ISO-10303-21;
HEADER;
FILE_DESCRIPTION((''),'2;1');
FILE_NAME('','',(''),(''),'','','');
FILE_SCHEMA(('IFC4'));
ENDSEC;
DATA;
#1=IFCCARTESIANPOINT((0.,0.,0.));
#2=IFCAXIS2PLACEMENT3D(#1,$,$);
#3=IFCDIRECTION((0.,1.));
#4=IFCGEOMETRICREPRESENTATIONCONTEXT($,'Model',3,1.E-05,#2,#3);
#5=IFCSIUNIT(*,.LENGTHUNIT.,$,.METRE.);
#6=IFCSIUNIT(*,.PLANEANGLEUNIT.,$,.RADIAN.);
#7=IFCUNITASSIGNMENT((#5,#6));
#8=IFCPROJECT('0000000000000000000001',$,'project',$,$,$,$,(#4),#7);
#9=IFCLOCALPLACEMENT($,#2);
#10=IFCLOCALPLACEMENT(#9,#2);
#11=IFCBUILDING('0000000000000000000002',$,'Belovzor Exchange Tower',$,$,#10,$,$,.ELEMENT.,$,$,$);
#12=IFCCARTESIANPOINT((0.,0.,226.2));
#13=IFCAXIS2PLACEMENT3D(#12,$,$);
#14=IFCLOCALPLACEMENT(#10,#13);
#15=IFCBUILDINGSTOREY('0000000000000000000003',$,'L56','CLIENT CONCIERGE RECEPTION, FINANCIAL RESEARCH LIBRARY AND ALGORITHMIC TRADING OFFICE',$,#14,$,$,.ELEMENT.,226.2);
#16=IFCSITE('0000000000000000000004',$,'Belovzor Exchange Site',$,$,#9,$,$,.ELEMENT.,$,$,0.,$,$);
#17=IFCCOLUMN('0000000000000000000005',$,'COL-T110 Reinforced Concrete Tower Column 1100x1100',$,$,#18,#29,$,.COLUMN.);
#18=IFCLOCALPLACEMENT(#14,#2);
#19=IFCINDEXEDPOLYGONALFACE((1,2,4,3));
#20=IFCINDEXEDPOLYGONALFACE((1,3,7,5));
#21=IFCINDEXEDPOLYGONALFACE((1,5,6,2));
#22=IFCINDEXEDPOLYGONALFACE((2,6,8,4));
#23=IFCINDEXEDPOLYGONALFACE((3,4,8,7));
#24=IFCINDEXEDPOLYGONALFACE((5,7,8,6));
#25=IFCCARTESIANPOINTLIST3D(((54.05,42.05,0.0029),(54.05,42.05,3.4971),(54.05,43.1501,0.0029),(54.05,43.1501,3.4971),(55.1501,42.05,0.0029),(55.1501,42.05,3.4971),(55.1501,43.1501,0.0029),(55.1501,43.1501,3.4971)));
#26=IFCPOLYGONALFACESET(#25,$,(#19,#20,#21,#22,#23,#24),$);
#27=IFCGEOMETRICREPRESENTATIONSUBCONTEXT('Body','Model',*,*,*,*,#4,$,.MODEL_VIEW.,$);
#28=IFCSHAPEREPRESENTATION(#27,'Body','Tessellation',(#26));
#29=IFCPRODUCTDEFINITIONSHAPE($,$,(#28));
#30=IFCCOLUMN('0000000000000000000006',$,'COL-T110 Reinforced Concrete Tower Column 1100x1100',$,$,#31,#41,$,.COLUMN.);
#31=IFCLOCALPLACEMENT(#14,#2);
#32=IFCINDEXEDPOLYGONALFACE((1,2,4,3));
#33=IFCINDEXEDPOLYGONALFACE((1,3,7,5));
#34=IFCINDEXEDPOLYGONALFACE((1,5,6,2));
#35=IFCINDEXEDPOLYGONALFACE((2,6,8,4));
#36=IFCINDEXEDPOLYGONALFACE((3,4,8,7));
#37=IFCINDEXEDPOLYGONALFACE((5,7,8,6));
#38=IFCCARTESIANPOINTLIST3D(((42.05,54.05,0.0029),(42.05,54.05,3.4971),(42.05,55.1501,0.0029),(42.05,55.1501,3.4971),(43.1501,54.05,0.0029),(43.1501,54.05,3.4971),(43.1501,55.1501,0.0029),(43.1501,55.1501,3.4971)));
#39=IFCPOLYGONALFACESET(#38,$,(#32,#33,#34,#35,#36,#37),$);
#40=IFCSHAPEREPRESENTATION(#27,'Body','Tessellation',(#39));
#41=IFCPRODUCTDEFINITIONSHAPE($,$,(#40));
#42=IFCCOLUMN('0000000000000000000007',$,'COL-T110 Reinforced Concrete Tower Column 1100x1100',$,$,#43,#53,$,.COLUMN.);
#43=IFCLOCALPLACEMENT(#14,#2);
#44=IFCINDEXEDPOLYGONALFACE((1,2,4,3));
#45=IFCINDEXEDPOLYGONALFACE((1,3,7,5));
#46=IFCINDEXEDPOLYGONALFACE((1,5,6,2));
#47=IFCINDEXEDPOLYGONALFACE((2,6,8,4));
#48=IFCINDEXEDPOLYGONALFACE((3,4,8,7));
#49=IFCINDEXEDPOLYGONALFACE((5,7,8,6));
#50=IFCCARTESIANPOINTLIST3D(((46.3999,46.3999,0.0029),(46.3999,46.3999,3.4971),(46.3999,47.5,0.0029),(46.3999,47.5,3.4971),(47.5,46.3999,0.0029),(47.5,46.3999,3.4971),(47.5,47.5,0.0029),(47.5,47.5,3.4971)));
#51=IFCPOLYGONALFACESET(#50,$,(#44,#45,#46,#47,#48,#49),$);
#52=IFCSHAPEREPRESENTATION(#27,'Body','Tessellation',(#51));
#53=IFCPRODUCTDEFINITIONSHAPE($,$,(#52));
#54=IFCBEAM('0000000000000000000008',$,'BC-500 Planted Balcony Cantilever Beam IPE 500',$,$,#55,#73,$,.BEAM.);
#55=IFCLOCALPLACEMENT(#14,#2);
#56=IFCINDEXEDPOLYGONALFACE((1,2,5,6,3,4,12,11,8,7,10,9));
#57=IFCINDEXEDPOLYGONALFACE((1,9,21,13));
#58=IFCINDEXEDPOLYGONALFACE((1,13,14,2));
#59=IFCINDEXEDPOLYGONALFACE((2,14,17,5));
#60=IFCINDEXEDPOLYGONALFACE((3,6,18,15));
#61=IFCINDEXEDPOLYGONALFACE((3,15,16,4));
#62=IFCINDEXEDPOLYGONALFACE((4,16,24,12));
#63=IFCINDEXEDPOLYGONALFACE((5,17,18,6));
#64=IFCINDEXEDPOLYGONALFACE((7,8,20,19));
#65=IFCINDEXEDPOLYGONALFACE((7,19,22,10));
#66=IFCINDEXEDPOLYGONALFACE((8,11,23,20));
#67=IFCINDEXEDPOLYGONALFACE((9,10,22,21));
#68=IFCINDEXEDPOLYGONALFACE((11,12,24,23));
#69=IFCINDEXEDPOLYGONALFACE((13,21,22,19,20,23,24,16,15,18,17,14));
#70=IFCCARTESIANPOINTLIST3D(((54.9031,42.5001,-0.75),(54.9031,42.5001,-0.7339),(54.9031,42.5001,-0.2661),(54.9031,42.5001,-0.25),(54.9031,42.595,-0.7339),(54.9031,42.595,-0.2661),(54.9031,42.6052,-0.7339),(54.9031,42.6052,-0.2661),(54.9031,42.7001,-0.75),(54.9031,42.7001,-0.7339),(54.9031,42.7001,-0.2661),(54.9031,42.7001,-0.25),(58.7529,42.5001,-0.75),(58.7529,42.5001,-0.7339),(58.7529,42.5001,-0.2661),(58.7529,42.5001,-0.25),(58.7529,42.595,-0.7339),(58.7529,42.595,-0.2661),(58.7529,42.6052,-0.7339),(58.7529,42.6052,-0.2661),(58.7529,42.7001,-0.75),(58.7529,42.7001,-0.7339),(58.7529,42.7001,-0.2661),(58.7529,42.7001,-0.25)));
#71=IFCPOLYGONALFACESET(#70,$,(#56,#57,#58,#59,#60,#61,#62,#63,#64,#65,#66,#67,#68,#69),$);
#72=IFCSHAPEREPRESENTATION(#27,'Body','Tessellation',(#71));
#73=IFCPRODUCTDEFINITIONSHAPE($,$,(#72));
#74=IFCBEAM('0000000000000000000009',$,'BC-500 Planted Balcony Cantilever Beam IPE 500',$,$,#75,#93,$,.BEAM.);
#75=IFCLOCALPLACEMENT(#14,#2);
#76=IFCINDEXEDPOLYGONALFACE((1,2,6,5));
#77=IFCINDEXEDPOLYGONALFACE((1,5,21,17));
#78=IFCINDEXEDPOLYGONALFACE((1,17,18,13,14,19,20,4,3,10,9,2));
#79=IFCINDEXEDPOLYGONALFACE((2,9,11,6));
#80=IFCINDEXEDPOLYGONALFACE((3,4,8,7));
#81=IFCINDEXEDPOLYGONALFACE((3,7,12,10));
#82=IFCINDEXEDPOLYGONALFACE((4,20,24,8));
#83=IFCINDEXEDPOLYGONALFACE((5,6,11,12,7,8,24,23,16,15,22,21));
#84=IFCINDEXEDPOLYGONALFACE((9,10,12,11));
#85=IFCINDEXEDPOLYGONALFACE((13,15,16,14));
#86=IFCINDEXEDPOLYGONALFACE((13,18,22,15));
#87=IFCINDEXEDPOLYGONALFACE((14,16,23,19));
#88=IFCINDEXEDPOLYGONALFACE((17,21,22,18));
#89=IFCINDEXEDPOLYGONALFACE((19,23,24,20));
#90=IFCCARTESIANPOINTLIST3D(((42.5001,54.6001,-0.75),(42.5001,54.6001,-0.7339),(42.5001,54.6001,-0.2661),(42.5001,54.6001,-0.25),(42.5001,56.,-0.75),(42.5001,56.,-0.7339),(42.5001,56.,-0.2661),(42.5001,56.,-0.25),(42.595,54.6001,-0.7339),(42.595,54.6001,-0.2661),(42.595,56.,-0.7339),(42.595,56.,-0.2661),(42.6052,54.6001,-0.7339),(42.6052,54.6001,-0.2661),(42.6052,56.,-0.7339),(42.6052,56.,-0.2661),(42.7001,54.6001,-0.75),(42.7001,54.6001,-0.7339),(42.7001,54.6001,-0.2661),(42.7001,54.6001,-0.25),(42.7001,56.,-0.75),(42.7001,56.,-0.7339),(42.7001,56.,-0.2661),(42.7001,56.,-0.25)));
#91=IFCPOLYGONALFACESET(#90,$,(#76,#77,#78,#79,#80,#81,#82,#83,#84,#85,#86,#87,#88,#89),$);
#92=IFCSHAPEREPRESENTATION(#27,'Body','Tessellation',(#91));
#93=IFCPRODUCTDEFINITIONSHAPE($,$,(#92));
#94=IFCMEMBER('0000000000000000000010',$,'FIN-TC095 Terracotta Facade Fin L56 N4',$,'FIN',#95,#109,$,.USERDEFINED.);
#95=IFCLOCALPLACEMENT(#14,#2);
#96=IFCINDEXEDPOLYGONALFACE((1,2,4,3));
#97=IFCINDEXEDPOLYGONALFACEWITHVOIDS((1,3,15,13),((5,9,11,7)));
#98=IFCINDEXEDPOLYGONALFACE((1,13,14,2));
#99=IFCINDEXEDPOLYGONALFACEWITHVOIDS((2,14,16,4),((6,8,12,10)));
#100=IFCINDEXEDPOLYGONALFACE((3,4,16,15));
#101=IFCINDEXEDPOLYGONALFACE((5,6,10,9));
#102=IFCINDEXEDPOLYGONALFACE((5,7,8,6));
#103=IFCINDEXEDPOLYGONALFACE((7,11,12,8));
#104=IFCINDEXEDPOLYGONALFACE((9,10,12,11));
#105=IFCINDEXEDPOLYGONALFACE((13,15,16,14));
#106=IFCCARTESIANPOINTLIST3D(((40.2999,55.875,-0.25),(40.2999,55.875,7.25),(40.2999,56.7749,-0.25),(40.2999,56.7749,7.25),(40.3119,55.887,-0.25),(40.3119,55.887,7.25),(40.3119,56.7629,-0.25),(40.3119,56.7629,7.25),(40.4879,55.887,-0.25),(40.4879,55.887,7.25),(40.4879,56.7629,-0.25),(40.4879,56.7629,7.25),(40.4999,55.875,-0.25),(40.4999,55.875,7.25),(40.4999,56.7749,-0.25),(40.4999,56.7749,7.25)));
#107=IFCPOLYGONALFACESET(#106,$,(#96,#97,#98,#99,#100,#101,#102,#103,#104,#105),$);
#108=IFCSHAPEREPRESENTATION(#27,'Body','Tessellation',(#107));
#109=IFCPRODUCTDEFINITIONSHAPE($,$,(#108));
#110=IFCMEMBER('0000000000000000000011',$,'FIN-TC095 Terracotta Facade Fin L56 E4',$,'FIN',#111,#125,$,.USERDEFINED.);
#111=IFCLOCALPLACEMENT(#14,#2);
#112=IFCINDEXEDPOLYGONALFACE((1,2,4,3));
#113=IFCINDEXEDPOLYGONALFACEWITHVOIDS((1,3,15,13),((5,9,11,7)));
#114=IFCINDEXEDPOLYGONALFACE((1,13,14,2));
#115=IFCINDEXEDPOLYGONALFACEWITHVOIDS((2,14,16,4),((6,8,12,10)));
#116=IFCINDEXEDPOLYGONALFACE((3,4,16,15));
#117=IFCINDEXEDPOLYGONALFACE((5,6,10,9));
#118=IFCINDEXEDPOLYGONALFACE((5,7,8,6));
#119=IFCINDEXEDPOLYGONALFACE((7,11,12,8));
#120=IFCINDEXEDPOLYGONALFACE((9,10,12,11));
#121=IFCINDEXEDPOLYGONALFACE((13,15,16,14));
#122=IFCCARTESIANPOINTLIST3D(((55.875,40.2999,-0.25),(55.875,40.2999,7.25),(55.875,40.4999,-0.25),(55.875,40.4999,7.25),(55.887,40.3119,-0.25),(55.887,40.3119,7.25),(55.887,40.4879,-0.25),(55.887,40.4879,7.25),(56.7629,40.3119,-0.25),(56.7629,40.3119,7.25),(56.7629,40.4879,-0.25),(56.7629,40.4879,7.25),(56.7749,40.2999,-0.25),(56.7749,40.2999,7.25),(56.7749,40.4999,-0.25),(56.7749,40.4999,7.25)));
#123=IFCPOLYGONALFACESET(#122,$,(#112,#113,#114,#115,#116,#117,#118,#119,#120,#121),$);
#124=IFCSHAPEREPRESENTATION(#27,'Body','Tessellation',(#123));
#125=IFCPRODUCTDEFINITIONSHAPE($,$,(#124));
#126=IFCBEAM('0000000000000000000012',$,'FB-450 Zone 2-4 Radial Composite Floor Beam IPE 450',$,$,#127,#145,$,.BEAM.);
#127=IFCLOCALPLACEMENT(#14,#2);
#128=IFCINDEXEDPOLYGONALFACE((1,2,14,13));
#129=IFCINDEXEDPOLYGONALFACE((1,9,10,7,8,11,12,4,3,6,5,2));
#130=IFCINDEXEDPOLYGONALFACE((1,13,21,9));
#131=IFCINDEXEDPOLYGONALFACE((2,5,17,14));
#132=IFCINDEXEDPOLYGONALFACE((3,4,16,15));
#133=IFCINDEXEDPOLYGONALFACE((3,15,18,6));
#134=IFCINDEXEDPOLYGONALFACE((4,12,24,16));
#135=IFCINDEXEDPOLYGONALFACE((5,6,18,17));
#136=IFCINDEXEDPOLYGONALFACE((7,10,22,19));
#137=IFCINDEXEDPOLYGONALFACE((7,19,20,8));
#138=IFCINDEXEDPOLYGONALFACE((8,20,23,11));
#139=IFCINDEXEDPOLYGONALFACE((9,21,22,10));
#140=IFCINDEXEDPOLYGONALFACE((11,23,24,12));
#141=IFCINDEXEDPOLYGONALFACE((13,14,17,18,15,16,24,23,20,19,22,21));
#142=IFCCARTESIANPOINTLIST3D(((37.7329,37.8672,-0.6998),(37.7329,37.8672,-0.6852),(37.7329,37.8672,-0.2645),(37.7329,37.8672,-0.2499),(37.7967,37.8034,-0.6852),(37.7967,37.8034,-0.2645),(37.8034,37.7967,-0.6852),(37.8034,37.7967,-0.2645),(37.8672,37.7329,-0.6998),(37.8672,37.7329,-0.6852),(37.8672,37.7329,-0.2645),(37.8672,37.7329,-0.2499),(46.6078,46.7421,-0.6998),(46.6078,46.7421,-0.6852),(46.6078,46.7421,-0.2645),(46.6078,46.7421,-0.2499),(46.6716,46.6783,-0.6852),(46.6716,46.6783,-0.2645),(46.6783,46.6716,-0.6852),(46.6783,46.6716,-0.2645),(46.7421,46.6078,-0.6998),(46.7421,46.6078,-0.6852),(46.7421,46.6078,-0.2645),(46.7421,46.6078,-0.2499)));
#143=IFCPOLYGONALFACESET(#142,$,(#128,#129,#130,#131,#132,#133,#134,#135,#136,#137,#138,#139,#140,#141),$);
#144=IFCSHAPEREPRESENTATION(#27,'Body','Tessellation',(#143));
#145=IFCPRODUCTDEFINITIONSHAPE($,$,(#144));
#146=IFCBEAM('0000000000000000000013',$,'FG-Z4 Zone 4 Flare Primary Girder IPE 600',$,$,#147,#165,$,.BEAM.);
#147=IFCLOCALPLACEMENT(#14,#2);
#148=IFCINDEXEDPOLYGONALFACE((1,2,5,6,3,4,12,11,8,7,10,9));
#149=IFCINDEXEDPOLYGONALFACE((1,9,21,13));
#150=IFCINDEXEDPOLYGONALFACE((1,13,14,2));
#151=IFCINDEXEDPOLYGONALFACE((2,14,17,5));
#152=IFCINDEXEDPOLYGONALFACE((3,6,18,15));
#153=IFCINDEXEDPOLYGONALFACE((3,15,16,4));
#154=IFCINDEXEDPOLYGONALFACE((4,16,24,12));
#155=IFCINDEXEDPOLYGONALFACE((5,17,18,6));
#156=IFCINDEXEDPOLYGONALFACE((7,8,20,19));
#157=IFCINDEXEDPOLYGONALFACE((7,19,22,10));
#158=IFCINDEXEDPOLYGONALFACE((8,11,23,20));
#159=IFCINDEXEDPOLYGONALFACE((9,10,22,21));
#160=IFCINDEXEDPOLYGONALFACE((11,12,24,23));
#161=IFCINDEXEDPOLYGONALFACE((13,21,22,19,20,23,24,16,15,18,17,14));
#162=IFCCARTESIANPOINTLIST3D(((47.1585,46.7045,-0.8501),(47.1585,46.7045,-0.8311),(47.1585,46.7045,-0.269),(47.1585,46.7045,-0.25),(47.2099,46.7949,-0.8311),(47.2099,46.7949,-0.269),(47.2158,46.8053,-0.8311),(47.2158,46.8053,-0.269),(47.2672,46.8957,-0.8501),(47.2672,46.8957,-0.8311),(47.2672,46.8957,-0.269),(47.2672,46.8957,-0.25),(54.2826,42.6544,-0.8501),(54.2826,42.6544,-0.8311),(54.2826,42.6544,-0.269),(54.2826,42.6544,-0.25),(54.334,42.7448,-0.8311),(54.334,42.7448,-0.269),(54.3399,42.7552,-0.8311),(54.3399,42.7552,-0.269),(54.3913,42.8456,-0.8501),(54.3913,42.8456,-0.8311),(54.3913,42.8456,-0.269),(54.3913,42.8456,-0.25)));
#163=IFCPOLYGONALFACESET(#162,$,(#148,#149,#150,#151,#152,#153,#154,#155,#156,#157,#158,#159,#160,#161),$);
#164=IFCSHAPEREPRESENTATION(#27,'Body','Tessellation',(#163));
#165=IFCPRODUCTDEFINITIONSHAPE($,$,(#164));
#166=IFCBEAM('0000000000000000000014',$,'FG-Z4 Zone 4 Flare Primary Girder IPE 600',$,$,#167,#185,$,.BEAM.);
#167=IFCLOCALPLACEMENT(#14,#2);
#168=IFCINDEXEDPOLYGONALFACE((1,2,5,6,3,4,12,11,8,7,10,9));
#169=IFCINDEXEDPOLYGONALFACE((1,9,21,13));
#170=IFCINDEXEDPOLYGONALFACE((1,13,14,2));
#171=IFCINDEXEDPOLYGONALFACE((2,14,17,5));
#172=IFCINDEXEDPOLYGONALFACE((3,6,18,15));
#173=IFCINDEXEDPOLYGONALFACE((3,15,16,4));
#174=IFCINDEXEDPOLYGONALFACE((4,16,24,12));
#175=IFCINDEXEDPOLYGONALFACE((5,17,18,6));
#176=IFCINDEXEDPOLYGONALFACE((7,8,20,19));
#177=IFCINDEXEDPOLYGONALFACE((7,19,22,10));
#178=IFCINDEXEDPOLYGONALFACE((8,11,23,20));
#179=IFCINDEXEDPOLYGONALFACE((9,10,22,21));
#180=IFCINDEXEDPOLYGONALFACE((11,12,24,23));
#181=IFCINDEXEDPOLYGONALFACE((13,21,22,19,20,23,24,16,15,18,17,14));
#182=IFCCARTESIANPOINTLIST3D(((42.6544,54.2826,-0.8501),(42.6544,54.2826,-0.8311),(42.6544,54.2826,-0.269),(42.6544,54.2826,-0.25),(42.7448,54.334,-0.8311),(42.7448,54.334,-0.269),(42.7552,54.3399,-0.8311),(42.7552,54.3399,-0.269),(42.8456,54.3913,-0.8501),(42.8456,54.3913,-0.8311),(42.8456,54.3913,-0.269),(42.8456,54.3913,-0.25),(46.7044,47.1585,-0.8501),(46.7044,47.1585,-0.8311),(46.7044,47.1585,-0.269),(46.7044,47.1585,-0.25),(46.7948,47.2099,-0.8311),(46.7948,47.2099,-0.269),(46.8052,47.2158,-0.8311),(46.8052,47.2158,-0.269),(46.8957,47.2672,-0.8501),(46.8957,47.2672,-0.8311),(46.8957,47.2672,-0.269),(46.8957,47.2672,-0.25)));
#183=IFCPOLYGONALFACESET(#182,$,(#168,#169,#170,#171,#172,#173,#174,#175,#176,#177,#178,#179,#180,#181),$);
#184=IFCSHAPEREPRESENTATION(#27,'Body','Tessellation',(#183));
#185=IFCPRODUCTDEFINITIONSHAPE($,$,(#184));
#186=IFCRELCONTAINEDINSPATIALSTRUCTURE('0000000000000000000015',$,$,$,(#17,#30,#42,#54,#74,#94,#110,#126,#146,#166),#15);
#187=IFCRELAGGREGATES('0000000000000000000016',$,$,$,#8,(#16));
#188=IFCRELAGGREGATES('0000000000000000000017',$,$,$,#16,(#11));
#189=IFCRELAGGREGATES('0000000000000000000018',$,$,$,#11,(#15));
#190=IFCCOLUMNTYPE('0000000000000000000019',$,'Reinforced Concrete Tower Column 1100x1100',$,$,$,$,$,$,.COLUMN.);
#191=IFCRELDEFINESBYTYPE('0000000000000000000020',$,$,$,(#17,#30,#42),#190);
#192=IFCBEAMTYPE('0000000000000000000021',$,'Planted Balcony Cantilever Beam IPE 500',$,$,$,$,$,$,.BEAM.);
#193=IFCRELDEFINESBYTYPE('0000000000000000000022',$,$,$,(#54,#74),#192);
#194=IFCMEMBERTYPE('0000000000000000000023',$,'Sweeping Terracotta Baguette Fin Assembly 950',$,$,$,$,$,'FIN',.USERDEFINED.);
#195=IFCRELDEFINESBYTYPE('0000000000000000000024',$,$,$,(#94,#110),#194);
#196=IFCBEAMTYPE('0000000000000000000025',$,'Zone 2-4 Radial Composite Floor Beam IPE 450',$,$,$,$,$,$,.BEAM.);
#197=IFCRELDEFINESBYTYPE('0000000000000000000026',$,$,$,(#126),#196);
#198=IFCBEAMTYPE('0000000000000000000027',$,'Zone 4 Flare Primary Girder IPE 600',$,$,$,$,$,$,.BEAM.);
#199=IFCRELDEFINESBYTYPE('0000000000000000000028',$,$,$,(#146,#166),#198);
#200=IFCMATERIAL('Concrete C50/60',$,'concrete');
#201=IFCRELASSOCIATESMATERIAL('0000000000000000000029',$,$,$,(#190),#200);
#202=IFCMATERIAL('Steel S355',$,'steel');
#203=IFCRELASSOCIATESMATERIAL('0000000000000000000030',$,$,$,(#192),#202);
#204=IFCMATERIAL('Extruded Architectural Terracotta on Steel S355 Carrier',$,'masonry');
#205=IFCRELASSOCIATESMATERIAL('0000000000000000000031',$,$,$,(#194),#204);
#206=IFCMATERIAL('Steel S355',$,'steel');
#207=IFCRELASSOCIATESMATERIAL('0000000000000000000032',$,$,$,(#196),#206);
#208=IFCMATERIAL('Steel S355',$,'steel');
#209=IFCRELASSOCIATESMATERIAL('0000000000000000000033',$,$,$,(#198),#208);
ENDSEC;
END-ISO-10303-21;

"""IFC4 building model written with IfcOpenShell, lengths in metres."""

from ifc_helpers import new_model, si_unit, direction, frame, origin, origin_2d, place, context, subcontext, project, spatial, rectangle, hollow_rectangle, i_section, extrude, material, material_profile, profile_set, type_object, element, save


model = new_model("IFC4")

# Units and contexts
model_context = context("Model", 3, precision=1e-05, world=origin(), true_north=direction((0.0, 1.0)))
body_context = subcontext(model_context, "Body", "Model", "MODEL_VIEW")
ifc_project = project(units=[si_unit("LENGTHUNIT", "METRE"), si_unit("PLANEANGLEUNIT", "RADIAN")], contexts=[model_context])

# Site, building, storey
site_placement = place(None, origin())
site = spatial("IfcSite", under=ifc_project, at=site_placement, Name="Belovzor Exchange Site", CompositionType="ELEMENT", RefElevation=0.0)
building_placement = place(site_placement, origin())
building = spatial("IfcBuilding", under=site, at=building_placement, Name="Belovzor Exchange Tower", CompositionType="ELEMENT")
storey_placement = place(building_placement, frame((0.0, 0.0, 226.2)))
storey = spatial("IfcBuildingStorey", under=building, at=storey_placement, Name="L56", Description="CLIENT CONCIERGE RECEPTION, FINANCIAL RESEARCH LIBRARY AND ALGORITHMIC TRADING OFFICE", CompositionType="ELEMENT", Elevation=226.2)

# Columns
ifc_material_1 = material(Name="Concrete C50/60", Category="concrete")
ifc_material_profile_1 = material_profile(ifc_material_1, rectangle(XDim=1.1001, YDim=1.1001, at=origin_2d()))
ifc_profile_set_1 = profile_set([ifc_material_profile_1], Name="Concrete C50/60")
column_type = type_object("IfcColumnType", Name="Reinforced Concrete Tower Column 1100x1100", PredefinedType="COLUMN", material=ifc_profile_set_1)
for number, where, z_axis, x_axis, name in (
    (1, (54.6001, 42.6001, 0.0029), (0.0, 0.0, 1.0), (1.0, 0.0, 0.0), "COL-T110 Reinforced Concrete Tower Column 1100x1100"),
    (2, (42.6001, 54.6001, 0.0029), (0.0, 0.0, 1.0), (1.0, 0.0, 0.0), "COL-T110 Reinforced Concrete Tower Column 1100x1100"),
    (3, (46.95, 46.95, 0.0029), (0.0, 0.0, 1.0), (1.0, 0.0, 0.0), "COL-T110 Reinforced Concrete Tower Column 1100x1100"),
):
    element("IfcColumn", number, at=place(storey_placement, frame(where, z_axis=z_axis, x_axis=x_axis)), inside=storey, type_object=column_type, Name=name, PredefinedType="COLUMN", context=body_context, shape_type="SweptSolid", body=[
        extrude(rectangle(XDim=1.1001, YDim=1.1001, at=origin_2d()), origin(), (0.0, 0.0, 1.0), 3.4941),
    ])

# Beams
ifc_material_2 = material(Name="Steel S355", Category="steel")
ifc_material_profile_2 = material_profile(ifc_material_2, i_section(OverallWidth=0.2, OverallDepth=0.5, WebThickness=0.0103, FlangeThickness=0.0161, at=origin_2d()))
ifc_profile_set_2 = profile_set([ifc_material_profile_2], Name="Steel S355")
beam_type_1 = type_object("IfcBeamType", Name="Planted Balcony Cantilever Beam IPE 500", PredefinedType="BEAM", material=ifc_profile_set_2)
beam_1_placement = place(storey_placement, frame((54.9031, 42.6001, -0.5), z_axis=(1.0, 0.0, 0.0), x_axis=(0.0, 1.0, 0.0)))
element("IfcBeam", 4, at=beam_1_placement, inside=storey, type_object=beam_type_1, Name="BC-500 Planted Balcony Cantilever Beam IPE 500", PredefinedType="BEAM", context=body_context, shape_type="SweptSolid", body=[
    extrude(i_section(OverallWidth=0.2, OverallDepth=0.5, WebThickness=0.0103, FlangeThickness=0.0161, at=origin_2d()), origin(), (0.0, 0.0, 1.0), 3.8499),
])
beam_2_placement = place(storey_placement, frame((42.6001, 54.6001, -0.5), z_axis=(0.0, 1.0, 0.0), x_axis=(-1.0, 0.0, 0.0)))
element("IfcBeam", 5, at=beam_2_placement, inside=storey, type_object=beam_type_1, Name="BC-500 Planted Balcony Cantilever Beam IPE 500", PredefinedType="BEAM", context=body_context, shape_type="SweptSolid", body=[
    extrude(i_section(OverallWidth=0.2, OverallDepth=0.5, WebThickness=0.0103, FlangeThickness=0.0161, at=origin_2d()), origin(), (0.0, 0.0, 1.0), 1.3999),
])

# Members
ifc_material_3 = material(Name="Extruded Architectural Terracotta on Steel S355 Carrier", Category="masonry")
ifc_material_profile_3 = material_profile(ifc_material_3, hollow_rectangle(XDim=0.2, YDim=0.8999, WallThickness=0.012, at=origin_2d()))
ifc_profile_set_3 = profile_set([ifc_material_profile_3], Name="Extruded Architectural Terracotta on Steel S355 Carrier")
member_type = type_object("IfcMemberType", Name="Sweeping Terracotta Baguette Fin Assembly 950", ElementType="FIN", PredefinedType="USERDEFINED", material=ifc_profile_set_3)
for number, where, z_axis, x_axis, name in (
    (6, (40.3999, 56.325, -0.25), (0.0, 0.0, 1.0), (1.0, 0.0, 0.0), "FIN-TC095 Terracotta Facade Fin L56 N4"),
    (7, (56.325, 40.3999, -0.25), (0.0, 0.0, 1.0), (0.0, 1.0, 0.0), "FIN-TC095 Terracotta Facade Fin L56 E4"),
):
    element("IfcMember", number, at=place(storey_placement, frame(where, z_axis=z_axis, x_axis=x_axis)), inside=storey, type_object=member_type, Name=name, ObjectType="FIN", PredefinedType="USERDEFINED", context=body_context, shape_type="SweptSolid", body=[
        extrude(hollow_rectangle(XDim=0.2, YDim=0.8999, WallThickness=0.012, at=origin_2d()), origin(), (0.0, 0.0, 1.0), 7.5),
    ])

# Beams
ifc_material_4 = material(Name="Steel S355", Category="steel")
ifc_material_profile_4 = material_profile(ifc_material_4, i_section(OverallWidth=0.1899, OverallDepth=0.45, WebThickness=0.0095, FlangeThickness=0.0146, at=origin_2d()))
ifc_profile_set_4 = profile_set([ifc_material_profile_4], Name="Steel S355")
beam_type_2 = type_object("IfcBeamType", Name="Zone 2-4 Radial Composite Floor Beam IPE 450", PredefinedType="BEAM", material=ifc_profile_set_4)
beam_3_placement = place(storey_placement, frame((37.8, 37.8, -0.4749), z_axis=(0.707107, 0.707107, 0.0), x_axis=(-0.707107, 0.707107, 0.0)))
element("IfcBeam", 8, at=beam_3_placement, inside=storey, type_object=beam_type_2, Name="FB-450 Zone 2-4 Radial Composite Floor Beam IPE 450", PredefinedType="BEAM", context=body_context, shape_type="SweptSolid", body=[
    extrude(i_section(OverallWidth=0.1899, OverallDepth=0.45, WebThickness=0.0095, FlangeThickness=0.0146, at=origin_2d()), origin(), (0.0, 0.0, 1.0), 12.551),
])
ifc_material_5 = material(Name="Steel S355", Category="steel")
ifc_material_profile_5 = material_profile(ifc_material_5, i_section(OverallWidth=0.22, OverallDepth=0.6001, WebThickness=0.012, FlangeThickness=0.019, at=origin_2d()))
ifc_profile_set_5 = profile_set([ifc_material_profile_5], Name="Steel S355")
beam_type_3 = type_object("IfcBeamType", Name="Zone 4 Flare Primary Girder IPE 600", PredefinedType="BEAM", material=ifc_profile_set_5)
for number, where, z_axis, x_axis, name in (
    (9, (54.3369, 42.75, -0.55), (-0.869336, 0.494222, 0.0), (-0.494222, -0.869336, 0.0), "FG-Z4 Zone 4 Flare Primary Girder IPE 600"),
    (10, (46.8, 47.2129, -0.55), (-0.494222, 0.869336, 0.0), (-0.869336, -0.494222, 0.0), "FG-Z4 Zone 4 Flare Primary Girder IPE 600"),
):
    element("IfcBeam", number, at=place(storey_placement, frame(where, z_axis=z_axis, x_axis=x_axis)), inside=storey, type_object=beam_type_3, Name=name, PredefinedType="BEAM", context=body_context, shape_type="SweptSolid", body=[
        extrude(i_section(OverallWidth=0.22, OverallDepth=0.6001, WebThickness=0.012, FlangeThickness=0.019, at=origin_2d()), origin(), (0.0, 0.0, 1.0), 8.1948),
    ])

save(model, "model.ifc")
